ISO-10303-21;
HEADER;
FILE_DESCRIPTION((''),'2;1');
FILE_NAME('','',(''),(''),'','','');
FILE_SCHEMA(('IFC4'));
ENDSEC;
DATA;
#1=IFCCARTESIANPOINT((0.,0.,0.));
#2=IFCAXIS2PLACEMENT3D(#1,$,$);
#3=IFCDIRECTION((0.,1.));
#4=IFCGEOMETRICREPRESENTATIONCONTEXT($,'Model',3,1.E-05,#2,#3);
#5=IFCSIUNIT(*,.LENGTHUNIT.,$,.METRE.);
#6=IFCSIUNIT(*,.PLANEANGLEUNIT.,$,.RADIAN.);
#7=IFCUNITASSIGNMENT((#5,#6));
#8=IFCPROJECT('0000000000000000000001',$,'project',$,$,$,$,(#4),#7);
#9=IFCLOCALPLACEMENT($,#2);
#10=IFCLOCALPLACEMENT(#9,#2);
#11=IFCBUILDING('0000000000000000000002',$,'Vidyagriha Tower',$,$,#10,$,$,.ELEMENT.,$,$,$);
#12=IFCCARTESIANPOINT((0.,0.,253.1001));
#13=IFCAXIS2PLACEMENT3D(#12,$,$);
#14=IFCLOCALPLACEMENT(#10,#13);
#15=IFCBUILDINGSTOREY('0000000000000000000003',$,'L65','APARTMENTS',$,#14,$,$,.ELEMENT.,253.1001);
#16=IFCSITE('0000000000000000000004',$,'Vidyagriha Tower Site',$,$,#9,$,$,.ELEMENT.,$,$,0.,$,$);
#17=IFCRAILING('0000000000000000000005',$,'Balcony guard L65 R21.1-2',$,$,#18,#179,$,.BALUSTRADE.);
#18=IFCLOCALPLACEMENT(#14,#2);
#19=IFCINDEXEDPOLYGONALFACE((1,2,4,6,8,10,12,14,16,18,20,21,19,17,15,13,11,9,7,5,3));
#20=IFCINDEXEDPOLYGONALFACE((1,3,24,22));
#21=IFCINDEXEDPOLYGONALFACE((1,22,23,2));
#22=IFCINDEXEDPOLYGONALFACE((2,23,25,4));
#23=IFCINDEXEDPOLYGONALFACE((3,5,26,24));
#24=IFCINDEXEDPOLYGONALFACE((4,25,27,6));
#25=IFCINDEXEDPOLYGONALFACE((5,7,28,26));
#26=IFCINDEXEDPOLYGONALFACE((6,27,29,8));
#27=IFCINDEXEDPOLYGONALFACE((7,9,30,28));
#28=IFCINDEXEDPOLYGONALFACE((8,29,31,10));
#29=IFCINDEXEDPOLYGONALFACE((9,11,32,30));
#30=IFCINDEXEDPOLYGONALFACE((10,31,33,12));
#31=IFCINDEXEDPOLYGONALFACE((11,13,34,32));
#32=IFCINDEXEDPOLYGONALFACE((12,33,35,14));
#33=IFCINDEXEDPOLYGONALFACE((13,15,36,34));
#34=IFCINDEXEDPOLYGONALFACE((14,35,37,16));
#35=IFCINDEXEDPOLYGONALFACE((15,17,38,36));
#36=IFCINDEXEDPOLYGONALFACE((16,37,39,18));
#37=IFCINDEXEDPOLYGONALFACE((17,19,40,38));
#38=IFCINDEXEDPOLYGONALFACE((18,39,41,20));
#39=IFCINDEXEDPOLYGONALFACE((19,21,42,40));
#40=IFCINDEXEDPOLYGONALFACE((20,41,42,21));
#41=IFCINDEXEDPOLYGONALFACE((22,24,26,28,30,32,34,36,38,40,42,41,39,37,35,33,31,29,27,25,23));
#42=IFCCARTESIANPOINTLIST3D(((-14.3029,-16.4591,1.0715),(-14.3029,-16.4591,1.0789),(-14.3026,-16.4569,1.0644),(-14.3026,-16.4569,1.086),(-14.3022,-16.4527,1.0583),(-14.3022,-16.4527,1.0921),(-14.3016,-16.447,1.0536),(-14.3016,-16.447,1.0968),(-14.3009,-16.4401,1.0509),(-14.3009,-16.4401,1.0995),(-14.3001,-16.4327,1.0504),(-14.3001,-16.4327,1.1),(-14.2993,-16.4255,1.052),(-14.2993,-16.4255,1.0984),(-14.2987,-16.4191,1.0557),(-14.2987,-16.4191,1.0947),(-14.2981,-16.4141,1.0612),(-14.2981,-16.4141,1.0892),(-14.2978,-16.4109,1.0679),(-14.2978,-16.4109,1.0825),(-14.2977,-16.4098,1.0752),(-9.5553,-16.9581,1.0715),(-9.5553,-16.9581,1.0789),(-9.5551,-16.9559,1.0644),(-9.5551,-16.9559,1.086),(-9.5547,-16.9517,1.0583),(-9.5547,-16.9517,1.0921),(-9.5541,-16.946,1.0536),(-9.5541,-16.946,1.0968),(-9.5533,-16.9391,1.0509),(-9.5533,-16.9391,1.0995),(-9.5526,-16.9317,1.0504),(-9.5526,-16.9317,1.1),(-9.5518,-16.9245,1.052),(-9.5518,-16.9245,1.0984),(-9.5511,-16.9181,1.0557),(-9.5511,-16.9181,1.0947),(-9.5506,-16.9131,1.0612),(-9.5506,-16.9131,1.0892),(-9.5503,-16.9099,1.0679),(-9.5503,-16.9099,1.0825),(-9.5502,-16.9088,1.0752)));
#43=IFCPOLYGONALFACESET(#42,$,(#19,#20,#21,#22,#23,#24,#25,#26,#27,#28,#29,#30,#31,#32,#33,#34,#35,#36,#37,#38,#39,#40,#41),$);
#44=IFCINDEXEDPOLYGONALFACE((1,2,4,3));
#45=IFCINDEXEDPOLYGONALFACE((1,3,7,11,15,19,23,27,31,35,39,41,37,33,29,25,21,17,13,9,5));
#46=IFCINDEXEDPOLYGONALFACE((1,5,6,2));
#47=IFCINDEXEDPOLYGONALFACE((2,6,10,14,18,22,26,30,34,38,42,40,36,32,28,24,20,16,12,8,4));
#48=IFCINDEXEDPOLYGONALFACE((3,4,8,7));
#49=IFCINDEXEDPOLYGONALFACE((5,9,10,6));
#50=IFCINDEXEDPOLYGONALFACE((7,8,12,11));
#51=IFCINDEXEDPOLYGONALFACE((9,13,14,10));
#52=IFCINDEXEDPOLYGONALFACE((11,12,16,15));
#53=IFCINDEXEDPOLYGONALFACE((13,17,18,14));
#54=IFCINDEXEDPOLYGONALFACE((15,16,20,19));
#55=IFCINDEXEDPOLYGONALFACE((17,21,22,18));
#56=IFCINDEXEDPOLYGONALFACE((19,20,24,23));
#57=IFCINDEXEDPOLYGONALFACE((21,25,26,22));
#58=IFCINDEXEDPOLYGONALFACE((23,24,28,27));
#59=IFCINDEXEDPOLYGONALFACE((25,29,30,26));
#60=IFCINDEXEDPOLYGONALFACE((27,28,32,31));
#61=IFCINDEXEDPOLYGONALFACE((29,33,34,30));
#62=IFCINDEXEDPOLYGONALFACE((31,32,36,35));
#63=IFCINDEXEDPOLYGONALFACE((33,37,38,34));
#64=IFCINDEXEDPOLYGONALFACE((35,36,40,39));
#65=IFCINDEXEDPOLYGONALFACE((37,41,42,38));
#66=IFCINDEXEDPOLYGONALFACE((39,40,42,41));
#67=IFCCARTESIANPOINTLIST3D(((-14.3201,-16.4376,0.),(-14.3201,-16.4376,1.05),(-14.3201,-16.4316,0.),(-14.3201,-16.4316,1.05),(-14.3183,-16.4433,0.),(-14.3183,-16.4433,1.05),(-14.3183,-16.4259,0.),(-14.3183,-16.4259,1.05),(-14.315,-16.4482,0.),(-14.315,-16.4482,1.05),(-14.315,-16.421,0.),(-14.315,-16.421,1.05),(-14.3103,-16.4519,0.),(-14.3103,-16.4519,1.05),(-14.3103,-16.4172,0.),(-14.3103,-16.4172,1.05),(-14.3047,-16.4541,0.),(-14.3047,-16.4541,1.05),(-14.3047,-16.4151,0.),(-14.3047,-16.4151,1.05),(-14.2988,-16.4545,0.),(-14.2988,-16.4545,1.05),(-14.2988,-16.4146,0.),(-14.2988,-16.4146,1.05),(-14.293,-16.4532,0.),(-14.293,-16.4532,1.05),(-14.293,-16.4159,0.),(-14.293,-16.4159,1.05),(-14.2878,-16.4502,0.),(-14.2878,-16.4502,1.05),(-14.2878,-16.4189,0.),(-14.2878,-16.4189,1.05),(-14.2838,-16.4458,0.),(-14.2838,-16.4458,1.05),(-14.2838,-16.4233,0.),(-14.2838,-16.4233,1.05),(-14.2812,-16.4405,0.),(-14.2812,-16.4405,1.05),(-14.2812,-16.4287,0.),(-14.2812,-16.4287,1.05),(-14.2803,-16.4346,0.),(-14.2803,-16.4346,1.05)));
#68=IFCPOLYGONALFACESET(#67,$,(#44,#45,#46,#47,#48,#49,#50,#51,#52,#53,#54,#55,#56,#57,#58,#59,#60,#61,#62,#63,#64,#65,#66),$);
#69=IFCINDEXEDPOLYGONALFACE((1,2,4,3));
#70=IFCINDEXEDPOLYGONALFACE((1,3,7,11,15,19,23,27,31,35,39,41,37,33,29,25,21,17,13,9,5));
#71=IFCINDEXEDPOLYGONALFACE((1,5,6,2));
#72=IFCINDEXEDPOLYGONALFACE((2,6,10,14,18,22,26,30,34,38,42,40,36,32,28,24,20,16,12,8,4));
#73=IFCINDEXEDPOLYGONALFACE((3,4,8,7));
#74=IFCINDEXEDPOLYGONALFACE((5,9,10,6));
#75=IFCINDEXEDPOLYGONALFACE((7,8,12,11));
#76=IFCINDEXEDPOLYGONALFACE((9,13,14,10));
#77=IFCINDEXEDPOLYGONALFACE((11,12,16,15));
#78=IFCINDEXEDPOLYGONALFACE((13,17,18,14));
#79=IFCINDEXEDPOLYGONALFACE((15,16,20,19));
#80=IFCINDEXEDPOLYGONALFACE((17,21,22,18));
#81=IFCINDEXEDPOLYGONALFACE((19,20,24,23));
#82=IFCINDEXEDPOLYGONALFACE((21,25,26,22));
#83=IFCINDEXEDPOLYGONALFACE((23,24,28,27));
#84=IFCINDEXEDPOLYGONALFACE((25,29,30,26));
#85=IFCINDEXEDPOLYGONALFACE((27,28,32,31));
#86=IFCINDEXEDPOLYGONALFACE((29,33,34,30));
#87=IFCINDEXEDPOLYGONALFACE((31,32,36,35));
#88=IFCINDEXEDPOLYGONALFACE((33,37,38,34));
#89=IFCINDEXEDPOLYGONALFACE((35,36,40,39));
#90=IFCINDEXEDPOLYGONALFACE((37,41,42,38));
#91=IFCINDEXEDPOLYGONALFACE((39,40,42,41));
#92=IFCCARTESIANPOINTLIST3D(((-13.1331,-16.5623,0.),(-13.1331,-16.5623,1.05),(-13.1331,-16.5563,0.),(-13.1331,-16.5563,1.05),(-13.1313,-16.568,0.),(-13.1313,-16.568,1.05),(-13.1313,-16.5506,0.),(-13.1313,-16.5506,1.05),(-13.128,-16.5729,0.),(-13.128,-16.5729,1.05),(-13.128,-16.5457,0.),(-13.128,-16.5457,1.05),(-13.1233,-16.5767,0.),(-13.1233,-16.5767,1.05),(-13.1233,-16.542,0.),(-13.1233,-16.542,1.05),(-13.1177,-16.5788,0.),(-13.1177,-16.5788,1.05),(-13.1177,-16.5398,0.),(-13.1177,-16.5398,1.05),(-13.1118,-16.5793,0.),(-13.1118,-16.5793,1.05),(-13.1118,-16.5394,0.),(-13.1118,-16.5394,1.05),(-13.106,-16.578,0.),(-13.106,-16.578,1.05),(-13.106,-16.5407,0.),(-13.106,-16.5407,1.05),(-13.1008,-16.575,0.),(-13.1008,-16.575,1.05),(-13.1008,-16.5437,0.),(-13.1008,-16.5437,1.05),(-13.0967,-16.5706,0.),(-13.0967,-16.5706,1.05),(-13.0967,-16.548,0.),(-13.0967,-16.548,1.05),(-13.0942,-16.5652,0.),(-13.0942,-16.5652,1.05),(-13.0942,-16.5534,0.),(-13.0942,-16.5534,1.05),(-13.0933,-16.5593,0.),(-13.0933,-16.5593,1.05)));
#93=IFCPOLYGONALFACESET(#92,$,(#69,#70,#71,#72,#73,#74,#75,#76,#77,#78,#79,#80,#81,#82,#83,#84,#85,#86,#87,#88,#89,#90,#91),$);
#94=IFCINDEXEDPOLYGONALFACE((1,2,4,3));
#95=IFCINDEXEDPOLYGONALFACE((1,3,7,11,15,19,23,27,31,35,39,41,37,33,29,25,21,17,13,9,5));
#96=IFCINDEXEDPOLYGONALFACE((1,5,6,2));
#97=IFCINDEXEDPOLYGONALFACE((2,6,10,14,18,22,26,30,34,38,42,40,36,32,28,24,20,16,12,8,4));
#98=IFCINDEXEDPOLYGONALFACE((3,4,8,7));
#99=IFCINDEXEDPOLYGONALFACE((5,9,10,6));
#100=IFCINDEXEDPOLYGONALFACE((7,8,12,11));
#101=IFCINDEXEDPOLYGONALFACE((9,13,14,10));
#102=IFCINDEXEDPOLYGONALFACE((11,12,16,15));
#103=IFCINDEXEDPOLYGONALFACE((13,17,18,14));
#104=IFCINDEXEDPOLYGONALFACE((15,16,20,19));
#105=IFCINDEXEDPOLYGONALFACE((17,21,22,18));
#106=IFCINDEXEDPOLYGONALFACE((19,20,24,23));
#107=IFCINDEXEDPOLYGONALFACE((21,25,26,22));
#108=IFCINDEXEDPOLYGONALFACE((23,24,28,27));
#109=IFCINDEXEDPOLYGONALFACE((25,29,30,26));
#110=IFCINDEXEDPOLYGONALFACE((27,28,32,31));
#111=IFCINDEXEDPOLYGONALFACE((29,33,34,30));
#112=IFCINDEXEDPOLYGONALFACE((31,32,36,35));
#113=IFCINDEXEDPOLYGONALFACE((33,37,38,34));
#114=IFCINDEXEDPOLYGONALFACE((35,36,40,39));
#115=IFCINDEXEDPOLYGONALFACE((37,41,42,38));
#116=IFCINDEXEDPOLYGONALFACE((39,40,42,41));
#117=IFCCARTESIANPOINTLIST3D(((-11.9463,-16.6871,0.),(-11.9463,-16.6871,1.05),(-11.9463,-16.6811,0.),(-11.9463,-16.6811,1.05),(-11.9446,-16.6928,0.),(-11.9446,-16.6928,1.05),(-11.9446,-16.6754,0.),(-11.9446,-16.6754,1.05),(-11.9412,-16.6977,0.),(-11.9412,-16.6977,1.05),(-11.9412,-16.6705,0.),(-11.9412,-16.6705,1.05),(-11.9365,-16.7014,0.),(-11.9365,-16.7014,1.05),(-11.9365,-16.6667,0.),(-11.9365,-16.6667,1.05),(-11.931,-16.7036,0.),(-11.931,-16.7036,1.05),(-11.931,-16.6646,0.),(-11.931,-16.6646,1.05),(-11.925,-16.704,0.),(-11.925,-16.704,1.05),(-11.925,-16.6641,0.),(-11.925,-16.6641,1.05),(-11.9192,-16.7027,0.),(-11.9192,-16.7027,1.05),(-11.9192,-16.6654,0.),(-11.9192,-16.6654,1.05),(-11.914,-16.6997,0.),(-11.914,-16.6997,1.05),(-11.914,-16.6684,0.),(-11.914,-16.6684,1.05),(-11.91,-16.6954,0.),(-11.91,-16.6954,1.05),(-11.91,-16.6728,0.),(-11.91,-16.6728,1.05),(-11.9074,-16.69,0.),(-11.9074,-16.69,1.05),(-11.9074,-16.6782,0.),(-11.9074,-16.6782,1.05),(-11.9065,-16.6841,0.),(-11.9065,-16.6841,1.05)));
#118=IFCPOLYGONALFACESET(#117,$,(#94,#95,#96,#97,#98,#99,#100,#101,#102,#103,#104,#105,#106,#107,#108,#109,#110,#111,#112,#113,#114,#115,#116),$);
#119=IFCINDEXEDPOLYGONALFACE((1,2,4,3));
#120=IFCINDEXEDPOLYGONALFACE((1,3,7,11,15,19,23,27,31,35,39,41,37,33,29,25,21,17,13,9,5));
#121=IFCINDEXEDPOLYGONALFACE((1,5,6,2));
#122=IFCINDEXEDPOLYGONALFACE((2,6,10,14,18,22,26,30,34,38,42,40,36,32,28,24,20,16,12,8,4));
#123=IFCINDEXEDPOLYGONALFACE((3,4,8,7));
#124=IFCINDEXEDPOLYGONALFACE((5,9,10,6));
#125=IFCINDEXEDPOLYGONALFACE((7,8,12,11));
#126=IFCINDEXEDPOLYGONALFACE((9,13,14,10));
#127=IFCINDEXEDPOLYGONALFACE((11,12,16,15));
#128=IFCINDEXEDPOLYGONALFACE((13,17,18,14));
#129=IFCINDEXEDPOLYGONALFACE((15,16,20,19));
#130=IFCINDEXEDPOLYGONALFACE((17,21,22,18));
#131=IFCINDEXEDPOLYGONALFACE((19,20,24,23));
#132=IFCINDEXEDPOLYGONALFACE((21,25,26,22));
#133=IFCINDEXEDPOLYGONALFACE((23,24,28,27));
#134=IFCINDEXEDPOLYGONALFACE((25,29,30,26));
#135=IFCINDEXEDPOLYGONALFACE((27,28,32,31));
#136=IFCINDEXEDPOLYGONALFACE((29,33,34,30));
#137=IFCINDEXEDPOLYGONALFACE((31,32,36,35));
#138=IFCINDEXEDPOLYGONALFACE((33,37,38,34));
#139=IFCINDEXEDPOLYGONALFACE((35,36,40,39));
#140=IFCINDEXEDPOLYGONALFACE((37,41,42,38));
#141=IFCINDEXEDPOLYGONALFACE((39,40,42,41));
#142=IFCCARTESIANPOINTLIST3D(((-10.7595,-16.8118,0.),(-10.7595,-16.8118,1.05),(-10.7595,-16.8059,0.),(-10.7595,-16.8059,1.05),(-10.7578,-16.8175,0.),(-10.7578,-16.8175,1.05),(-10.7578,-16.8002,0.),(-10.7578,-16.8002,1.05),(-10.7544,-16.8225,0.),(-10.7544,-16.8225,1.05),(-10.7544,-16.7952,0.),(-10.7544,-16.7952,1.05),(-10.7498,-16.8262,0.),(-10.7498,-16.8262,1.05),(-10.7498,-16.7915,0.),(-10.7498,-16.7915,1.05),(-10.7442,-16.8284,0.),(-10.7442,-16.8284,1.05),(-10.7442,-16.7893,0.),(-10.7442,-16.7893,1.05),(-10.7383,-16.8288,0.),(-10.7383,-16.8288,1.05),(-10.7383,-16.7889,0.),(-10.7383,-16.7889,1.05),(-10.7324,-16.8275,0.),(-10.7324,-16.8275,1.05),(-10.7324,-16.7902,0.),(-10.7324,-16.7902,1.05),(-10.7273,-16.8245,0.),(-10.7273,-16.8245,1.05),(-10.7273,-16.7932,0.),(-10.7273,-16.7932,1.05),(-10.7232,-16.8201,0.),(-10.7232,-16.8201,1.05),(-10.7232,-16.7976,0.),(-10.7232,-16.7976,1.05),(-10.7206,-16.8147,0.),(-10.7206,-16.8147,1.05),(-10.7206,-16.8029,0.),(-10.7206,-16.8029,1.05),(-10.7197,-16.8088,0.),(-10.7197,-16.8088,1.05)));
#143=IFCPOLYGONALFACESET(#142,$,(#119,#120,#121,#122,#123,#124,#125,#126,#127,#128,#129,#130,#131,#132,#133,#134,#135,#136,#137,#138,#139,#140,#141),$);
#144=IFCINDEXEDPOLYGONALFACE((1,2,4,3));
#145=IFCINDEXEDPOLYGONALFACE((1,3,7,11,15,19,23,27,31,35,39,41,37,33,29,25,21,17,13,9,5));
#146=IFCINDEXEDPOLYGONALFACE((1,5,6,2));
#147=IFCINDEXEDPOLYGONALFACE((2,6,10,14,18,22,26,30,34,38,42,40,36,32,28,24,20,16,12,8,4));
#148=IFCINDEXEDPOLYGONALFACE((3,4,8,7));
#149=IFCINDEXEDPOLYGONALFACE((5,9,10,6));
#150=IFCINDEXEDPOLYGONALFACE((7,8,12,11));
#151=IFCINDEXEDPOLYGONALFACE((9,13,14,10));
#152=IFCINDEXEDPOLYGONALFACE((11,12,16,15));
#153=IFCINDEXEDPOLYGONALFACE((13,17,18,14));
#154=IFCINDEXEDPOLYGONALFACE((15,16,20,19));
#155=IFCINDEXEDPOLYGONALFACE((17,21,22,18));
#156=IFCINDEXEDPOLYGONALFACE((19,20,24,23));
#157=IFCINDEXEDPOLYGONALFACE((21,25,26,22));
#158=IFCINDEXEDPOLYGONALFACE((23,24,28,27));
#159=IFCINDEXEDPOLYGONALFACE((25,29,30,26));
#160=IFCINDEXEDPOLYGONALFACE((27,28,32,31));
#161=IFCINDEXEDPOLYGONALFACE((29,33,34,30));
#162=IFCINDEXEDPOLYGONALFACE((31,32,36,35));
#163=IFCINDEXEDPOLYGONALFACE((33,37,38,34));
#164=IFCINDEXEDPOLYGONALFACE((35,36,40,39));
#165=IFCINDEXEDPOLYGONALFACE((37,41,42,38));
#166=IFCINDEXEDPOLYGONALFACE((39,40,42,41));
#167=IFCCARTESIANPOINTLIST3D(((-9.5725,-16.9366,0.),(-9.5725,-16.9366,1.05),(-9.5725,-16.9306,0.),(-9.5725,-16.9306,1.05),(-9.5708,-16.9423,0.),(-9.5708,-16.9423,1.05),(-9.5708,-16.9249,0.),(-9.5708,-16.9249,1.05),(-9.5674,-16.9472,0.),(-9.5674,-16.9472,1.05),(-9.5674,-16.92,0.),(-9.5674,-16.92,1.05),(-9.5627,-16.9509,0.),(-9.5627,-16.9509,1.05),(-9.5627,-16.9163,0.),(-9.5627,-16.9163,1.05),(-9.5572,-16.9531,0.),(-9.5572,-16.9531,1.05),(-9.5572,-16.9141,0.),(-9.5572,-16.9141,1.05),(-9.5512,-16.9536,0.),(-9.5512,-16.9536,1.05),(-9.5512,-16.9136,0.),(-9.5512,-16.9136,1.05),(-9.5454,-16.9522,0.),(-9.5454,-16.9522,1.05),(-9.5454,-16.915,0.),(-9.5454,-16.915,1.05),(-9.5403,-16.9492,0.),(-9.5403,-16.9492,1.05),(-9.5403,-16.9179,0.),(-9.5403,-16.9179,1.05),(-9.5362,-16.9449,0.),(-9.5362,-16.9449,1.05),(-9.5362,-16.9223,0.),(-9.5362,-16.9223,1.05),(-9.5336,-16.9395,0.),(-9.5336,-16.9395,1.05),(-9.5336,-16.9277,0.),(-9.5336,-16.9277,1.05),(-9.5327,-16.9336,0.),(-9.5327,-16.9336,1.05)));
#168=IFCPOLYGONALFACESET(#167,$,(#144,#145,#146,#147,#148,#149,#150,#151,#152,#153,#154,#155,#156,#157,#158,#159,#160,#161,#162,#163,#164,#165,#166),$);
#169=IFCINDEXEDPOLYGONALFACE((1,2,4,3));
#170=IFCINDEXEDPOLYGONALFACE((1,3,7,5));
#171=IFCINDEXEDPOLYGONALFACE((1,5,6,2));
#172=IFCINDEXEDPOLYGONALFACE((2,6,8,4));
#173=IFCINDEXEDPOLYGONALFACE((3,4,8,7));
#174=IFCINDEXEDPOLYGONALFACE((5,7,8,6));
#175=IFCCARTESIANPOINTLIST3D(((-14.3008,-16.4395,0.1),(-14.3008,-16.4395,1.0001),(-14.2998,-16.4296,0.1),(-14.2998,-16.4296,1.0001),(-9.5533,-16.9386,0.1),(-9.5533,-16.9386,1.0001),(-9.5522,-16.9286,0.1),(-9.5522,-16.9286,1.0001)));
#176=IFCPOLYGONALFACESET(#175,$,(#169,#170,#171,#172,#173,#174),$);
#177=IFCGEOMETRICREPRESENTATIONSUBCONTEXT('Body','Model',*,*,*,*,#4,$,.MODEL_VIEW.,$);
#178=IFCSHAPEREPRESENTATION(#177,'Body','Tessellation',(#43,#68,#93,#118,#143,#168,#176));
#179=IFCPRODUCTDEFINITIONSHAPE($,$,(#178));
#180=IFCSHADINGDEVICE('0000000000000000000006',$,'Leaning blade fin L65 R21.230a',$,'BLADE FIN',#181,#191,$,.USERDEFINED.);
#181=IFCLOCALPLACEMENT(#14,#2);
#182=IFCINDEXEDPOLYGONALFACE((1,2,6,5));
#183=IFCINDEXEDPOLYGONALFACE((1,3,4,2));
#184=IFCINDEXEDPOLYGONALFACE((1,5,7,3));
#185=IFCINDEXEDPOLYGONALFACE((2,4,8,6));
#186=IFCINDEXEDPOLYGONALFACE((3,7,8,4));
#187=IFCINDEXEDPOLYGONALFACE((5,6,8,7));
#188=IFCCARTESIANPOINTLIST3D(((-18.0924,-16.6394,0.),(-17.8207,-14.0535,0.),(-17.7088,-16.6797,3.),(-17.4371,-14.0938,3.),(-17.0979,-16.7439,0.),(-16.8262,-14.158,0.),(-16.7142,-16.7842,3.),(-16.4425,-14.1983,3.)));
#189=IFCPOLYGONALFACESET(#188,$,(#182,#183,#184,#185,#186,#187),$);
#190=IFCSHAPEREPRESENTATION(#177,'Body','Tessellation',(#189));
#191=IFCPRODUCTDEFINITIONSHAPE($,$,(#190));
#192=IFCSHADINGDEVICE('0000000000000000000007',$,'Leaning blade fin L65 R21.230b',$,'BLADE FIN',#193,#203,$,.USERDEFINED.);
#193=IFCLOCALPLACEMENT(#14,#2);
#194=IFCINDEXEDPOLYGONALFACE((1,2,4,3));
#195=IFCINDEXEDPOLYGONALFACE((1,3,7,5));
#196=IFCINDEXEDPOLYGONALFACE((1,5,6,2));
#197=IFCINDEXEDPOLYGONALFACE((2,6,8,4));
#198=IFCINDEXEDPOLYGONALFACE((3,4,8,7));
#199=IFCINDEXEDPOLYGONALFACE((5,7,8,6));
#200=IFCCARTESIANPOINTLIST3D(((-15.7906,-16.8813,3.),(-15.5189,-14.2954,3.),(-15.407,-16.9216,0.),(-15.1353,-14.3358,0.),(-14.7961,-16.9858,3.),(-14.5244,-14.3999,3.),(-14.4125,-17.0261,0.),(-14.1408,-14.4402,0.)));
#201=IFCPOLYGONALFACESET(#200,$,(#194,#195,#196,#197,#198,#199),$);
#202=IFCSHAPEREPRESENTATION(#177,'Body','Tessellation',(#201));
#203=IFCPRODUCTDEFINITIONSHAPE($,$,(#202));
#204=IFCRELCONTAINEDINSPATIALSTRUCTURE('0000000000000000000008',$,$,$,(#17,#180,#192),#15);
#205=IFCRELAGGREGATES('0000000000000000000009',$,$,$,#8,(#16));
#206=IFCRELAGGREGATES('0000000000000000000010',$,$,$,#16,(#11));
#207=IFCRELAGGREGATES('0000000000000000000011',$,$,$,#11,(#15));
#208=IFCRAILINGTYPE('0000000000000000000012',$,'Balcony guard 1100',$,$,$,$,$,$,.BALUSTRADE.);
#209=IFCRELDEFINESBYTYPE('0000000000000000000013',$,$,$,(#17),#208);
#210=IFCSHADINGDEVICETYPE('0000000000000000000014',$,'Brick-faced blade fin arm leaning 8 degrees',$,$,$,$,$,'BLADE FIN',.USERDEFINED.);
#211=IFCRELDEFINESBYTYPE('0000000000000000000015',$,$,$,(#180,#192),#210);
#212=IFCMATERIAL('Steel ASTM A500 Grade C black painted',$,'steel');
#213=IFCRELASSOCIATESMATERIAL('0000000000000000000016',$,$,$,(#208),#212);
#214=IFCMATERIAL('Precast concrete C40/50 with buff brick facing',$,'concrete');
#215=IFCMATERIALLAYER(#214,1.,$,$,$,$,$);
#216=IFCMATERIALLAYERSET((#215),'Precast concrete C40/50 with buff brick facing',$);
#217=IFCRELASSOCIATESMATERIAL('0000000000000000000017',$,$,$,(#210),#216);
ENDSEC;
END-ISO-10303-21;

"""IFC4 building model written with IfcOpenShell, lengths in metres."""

from ifc_helpers import new_model, si_unit, direction, frame, origin, origin_2d, place, context, subcontext, project, spatial, polyline, rectangle, circle, outline, extrude, material, layer, layer_set, type_object, element, save


model = new_model("IFC4")

# Units and contexts
model_context = context("Model", 3, precision=1e-05, world=origin(), true_north=direction((0.0, 1.0)))
body_context = subcontext(model_context, "Body", "Model", "MODEL_VIEW")
ifc_project = project(units=[si_unit("LENGTHUNIT", "METRE"), si_unit("PLANEANGLEUNIT", "RADIAN")], contexts=[model_context])

# Site, building, storey
site_placement = place(None, origin())
site = spatial("IfcSite", under=ifc_project, at=site_placement, Name="Vidyagriha Tower Site", CompositionType="ELEMENT", RefElevation=0.0)
building_placement = place(site_placement, origin())
building = spatial("IfcBuilding", under=site, at=building_placement, Name="Vidyagriha Tower", CompositionType="ELEMENT")
storey_placement = place(building_placement, frame((0.0, 0.0, 253.1001)))
storey = spatial("IfcBuildingStorey", under=building, at=storey_placement, Name="L65", Description="APARTMENTS", CompositionType="ELEMENT", Elevation=253.1001)

# Railing
ifc_material_1 = material(Name="Steel ASTM A500 Grade C black painted", Category="steel")
railing_type_1 = type_object("IfcRailingType", Name="Balcony guard 1100", PredefinedType="BALUSTRADE", material=ifc_material_1)
railing_1_placement = place(storey_placement, frame((-14.3003, -16.4346, 0.0)))
element("IfcRailing", 1, at=railing_1_placement, inside=storey, type_object=railing_type_1, Name="Balcony guard L65 R21.1-2", PredefinedType="BALUSTRADE", context=body_context, shape_type="SweptSolid", body=[
    extrude(circle(Radius=0.0249, at=origin_2d()), frame((0.0, 0.0, 1.0752), z_axis=(0.994521, -0.104536, 0.0), x_axis=(0.104536, 0.994521, 0.0)), (0.0, 0.0, 1.0), 4.7737),
    extrude(circle(Radius=0.02, at=origin_2d()), origin(), (0.0, 0.0, 1.0), 1.05),
    extrude(circle(Radius=0.02, at=origin_2d()), frame((1.187, -0.1248, 0.0)), (0.0, 0.0, 1.0), 1.05),
    extrude(circle(Radius=0.02, at=origin_2d()), frame((2.3738, -0.2495, 0.0)), (0.0, 0.0, 1.0), 1.05),
    extrude(circle(Radius=0.02, at=origin_2d()), frame((3.5605, -0.3743, 0.0)), (0.0, 0.0, 1.0), 1.05),
    extrude(circle(Radius=0.02, at=origin_2d()), frame((4.7476, -0.499, 0.0)), (0.0, 0.0, 1.0), 1.05),
    extrude(rectangle(XDim=0.01, YDim=0.9001, at=origin_2d()), frame((0.0, 0.0, 0.55), z_axis=(0.994521, -0.104536, 0.0), x_axis=(0.104536, 0.994521, 0.0)), (0.0, 0.0, 1.0), 4.7737),
])

# Shading devices
ifc_material_2 = material(Name="Precast concrete C40/50 with buff brick facing", Category="concrete")
ifc_layer_1 = layer(ifc_material_2, 1.0)
ifc_layer_set_1 = layer_set([ifc_layer_1], Name="Precast concrete C40/50 with buff brick facing")
shading_device_type = type_object("IfcShadingDeviceType", Name="Brick-faced blade fin arm leaning 8 degrees", ElementType="BLADE FIN", PredefinedType="USERDEFINED", material=ifc_layer_set_1)
shading_device_1_placement = place(storey_placement, frame((-17.9565, -15.3464, 0.0), z_axis=(0.0, 0.0, 1.0), x_axis=(0.994526, -0.104492, 0.0)))
element("IfcShadingDevice", 2, at=shading_device_1_placement, inside=storey, type_object=shading_device_type, Name="Leaning blade fin L65 R21.230a", ObjectType="BLADE FIN", PredefinedType="USERDEFINED", context=body_context, shape_type="SweptSolid", body=[
    extrude(outline(polyline([(0.0, 0.0), (1.0, 0.0), (1.3857, 3.0), (0.3857, 3.0), (0.0, 0.0)])), frame((0.0, 1.3, 0.0), z_axis=(0.0, -1.0, 0.0), x_axis=(1.0, 0.0, 0.0)), (0.0, 0.0, 1.0), 2.6001),
])
shading_device_2_placement = place(storey_placement, frame((-15.6548, -15.5884, 0.0), z_axis=(0.0, 0.0, 1.0), x_axis=(0.994526, -0.104492, 0.0)))
element("IfcShadingDevice", 3, at=shading_device_2_placement, inside=storey, type_object=shading_device_type, Name="Leaning blade fin L65 R21.230b", ObjectType="BLADE FIN", PredefinedType="USERDEFINED", context=body_context, shape_type="SweptSolid", body=[
    extrude(outline(polyline([(0.3857, 0.0), (1.3857, 0.0), (1.0, 3.0), (0.0, 3.0), (0.3857, 0.0)])), frame((0.0, 1.3, 0.0), z_axis=(0.0, -1.0, 0.0), x_axis=(1.0, 0.0, 0.0)), (0.0, 0.0, 1.0), 2.6001),
])

save(model, "model.ifc")
